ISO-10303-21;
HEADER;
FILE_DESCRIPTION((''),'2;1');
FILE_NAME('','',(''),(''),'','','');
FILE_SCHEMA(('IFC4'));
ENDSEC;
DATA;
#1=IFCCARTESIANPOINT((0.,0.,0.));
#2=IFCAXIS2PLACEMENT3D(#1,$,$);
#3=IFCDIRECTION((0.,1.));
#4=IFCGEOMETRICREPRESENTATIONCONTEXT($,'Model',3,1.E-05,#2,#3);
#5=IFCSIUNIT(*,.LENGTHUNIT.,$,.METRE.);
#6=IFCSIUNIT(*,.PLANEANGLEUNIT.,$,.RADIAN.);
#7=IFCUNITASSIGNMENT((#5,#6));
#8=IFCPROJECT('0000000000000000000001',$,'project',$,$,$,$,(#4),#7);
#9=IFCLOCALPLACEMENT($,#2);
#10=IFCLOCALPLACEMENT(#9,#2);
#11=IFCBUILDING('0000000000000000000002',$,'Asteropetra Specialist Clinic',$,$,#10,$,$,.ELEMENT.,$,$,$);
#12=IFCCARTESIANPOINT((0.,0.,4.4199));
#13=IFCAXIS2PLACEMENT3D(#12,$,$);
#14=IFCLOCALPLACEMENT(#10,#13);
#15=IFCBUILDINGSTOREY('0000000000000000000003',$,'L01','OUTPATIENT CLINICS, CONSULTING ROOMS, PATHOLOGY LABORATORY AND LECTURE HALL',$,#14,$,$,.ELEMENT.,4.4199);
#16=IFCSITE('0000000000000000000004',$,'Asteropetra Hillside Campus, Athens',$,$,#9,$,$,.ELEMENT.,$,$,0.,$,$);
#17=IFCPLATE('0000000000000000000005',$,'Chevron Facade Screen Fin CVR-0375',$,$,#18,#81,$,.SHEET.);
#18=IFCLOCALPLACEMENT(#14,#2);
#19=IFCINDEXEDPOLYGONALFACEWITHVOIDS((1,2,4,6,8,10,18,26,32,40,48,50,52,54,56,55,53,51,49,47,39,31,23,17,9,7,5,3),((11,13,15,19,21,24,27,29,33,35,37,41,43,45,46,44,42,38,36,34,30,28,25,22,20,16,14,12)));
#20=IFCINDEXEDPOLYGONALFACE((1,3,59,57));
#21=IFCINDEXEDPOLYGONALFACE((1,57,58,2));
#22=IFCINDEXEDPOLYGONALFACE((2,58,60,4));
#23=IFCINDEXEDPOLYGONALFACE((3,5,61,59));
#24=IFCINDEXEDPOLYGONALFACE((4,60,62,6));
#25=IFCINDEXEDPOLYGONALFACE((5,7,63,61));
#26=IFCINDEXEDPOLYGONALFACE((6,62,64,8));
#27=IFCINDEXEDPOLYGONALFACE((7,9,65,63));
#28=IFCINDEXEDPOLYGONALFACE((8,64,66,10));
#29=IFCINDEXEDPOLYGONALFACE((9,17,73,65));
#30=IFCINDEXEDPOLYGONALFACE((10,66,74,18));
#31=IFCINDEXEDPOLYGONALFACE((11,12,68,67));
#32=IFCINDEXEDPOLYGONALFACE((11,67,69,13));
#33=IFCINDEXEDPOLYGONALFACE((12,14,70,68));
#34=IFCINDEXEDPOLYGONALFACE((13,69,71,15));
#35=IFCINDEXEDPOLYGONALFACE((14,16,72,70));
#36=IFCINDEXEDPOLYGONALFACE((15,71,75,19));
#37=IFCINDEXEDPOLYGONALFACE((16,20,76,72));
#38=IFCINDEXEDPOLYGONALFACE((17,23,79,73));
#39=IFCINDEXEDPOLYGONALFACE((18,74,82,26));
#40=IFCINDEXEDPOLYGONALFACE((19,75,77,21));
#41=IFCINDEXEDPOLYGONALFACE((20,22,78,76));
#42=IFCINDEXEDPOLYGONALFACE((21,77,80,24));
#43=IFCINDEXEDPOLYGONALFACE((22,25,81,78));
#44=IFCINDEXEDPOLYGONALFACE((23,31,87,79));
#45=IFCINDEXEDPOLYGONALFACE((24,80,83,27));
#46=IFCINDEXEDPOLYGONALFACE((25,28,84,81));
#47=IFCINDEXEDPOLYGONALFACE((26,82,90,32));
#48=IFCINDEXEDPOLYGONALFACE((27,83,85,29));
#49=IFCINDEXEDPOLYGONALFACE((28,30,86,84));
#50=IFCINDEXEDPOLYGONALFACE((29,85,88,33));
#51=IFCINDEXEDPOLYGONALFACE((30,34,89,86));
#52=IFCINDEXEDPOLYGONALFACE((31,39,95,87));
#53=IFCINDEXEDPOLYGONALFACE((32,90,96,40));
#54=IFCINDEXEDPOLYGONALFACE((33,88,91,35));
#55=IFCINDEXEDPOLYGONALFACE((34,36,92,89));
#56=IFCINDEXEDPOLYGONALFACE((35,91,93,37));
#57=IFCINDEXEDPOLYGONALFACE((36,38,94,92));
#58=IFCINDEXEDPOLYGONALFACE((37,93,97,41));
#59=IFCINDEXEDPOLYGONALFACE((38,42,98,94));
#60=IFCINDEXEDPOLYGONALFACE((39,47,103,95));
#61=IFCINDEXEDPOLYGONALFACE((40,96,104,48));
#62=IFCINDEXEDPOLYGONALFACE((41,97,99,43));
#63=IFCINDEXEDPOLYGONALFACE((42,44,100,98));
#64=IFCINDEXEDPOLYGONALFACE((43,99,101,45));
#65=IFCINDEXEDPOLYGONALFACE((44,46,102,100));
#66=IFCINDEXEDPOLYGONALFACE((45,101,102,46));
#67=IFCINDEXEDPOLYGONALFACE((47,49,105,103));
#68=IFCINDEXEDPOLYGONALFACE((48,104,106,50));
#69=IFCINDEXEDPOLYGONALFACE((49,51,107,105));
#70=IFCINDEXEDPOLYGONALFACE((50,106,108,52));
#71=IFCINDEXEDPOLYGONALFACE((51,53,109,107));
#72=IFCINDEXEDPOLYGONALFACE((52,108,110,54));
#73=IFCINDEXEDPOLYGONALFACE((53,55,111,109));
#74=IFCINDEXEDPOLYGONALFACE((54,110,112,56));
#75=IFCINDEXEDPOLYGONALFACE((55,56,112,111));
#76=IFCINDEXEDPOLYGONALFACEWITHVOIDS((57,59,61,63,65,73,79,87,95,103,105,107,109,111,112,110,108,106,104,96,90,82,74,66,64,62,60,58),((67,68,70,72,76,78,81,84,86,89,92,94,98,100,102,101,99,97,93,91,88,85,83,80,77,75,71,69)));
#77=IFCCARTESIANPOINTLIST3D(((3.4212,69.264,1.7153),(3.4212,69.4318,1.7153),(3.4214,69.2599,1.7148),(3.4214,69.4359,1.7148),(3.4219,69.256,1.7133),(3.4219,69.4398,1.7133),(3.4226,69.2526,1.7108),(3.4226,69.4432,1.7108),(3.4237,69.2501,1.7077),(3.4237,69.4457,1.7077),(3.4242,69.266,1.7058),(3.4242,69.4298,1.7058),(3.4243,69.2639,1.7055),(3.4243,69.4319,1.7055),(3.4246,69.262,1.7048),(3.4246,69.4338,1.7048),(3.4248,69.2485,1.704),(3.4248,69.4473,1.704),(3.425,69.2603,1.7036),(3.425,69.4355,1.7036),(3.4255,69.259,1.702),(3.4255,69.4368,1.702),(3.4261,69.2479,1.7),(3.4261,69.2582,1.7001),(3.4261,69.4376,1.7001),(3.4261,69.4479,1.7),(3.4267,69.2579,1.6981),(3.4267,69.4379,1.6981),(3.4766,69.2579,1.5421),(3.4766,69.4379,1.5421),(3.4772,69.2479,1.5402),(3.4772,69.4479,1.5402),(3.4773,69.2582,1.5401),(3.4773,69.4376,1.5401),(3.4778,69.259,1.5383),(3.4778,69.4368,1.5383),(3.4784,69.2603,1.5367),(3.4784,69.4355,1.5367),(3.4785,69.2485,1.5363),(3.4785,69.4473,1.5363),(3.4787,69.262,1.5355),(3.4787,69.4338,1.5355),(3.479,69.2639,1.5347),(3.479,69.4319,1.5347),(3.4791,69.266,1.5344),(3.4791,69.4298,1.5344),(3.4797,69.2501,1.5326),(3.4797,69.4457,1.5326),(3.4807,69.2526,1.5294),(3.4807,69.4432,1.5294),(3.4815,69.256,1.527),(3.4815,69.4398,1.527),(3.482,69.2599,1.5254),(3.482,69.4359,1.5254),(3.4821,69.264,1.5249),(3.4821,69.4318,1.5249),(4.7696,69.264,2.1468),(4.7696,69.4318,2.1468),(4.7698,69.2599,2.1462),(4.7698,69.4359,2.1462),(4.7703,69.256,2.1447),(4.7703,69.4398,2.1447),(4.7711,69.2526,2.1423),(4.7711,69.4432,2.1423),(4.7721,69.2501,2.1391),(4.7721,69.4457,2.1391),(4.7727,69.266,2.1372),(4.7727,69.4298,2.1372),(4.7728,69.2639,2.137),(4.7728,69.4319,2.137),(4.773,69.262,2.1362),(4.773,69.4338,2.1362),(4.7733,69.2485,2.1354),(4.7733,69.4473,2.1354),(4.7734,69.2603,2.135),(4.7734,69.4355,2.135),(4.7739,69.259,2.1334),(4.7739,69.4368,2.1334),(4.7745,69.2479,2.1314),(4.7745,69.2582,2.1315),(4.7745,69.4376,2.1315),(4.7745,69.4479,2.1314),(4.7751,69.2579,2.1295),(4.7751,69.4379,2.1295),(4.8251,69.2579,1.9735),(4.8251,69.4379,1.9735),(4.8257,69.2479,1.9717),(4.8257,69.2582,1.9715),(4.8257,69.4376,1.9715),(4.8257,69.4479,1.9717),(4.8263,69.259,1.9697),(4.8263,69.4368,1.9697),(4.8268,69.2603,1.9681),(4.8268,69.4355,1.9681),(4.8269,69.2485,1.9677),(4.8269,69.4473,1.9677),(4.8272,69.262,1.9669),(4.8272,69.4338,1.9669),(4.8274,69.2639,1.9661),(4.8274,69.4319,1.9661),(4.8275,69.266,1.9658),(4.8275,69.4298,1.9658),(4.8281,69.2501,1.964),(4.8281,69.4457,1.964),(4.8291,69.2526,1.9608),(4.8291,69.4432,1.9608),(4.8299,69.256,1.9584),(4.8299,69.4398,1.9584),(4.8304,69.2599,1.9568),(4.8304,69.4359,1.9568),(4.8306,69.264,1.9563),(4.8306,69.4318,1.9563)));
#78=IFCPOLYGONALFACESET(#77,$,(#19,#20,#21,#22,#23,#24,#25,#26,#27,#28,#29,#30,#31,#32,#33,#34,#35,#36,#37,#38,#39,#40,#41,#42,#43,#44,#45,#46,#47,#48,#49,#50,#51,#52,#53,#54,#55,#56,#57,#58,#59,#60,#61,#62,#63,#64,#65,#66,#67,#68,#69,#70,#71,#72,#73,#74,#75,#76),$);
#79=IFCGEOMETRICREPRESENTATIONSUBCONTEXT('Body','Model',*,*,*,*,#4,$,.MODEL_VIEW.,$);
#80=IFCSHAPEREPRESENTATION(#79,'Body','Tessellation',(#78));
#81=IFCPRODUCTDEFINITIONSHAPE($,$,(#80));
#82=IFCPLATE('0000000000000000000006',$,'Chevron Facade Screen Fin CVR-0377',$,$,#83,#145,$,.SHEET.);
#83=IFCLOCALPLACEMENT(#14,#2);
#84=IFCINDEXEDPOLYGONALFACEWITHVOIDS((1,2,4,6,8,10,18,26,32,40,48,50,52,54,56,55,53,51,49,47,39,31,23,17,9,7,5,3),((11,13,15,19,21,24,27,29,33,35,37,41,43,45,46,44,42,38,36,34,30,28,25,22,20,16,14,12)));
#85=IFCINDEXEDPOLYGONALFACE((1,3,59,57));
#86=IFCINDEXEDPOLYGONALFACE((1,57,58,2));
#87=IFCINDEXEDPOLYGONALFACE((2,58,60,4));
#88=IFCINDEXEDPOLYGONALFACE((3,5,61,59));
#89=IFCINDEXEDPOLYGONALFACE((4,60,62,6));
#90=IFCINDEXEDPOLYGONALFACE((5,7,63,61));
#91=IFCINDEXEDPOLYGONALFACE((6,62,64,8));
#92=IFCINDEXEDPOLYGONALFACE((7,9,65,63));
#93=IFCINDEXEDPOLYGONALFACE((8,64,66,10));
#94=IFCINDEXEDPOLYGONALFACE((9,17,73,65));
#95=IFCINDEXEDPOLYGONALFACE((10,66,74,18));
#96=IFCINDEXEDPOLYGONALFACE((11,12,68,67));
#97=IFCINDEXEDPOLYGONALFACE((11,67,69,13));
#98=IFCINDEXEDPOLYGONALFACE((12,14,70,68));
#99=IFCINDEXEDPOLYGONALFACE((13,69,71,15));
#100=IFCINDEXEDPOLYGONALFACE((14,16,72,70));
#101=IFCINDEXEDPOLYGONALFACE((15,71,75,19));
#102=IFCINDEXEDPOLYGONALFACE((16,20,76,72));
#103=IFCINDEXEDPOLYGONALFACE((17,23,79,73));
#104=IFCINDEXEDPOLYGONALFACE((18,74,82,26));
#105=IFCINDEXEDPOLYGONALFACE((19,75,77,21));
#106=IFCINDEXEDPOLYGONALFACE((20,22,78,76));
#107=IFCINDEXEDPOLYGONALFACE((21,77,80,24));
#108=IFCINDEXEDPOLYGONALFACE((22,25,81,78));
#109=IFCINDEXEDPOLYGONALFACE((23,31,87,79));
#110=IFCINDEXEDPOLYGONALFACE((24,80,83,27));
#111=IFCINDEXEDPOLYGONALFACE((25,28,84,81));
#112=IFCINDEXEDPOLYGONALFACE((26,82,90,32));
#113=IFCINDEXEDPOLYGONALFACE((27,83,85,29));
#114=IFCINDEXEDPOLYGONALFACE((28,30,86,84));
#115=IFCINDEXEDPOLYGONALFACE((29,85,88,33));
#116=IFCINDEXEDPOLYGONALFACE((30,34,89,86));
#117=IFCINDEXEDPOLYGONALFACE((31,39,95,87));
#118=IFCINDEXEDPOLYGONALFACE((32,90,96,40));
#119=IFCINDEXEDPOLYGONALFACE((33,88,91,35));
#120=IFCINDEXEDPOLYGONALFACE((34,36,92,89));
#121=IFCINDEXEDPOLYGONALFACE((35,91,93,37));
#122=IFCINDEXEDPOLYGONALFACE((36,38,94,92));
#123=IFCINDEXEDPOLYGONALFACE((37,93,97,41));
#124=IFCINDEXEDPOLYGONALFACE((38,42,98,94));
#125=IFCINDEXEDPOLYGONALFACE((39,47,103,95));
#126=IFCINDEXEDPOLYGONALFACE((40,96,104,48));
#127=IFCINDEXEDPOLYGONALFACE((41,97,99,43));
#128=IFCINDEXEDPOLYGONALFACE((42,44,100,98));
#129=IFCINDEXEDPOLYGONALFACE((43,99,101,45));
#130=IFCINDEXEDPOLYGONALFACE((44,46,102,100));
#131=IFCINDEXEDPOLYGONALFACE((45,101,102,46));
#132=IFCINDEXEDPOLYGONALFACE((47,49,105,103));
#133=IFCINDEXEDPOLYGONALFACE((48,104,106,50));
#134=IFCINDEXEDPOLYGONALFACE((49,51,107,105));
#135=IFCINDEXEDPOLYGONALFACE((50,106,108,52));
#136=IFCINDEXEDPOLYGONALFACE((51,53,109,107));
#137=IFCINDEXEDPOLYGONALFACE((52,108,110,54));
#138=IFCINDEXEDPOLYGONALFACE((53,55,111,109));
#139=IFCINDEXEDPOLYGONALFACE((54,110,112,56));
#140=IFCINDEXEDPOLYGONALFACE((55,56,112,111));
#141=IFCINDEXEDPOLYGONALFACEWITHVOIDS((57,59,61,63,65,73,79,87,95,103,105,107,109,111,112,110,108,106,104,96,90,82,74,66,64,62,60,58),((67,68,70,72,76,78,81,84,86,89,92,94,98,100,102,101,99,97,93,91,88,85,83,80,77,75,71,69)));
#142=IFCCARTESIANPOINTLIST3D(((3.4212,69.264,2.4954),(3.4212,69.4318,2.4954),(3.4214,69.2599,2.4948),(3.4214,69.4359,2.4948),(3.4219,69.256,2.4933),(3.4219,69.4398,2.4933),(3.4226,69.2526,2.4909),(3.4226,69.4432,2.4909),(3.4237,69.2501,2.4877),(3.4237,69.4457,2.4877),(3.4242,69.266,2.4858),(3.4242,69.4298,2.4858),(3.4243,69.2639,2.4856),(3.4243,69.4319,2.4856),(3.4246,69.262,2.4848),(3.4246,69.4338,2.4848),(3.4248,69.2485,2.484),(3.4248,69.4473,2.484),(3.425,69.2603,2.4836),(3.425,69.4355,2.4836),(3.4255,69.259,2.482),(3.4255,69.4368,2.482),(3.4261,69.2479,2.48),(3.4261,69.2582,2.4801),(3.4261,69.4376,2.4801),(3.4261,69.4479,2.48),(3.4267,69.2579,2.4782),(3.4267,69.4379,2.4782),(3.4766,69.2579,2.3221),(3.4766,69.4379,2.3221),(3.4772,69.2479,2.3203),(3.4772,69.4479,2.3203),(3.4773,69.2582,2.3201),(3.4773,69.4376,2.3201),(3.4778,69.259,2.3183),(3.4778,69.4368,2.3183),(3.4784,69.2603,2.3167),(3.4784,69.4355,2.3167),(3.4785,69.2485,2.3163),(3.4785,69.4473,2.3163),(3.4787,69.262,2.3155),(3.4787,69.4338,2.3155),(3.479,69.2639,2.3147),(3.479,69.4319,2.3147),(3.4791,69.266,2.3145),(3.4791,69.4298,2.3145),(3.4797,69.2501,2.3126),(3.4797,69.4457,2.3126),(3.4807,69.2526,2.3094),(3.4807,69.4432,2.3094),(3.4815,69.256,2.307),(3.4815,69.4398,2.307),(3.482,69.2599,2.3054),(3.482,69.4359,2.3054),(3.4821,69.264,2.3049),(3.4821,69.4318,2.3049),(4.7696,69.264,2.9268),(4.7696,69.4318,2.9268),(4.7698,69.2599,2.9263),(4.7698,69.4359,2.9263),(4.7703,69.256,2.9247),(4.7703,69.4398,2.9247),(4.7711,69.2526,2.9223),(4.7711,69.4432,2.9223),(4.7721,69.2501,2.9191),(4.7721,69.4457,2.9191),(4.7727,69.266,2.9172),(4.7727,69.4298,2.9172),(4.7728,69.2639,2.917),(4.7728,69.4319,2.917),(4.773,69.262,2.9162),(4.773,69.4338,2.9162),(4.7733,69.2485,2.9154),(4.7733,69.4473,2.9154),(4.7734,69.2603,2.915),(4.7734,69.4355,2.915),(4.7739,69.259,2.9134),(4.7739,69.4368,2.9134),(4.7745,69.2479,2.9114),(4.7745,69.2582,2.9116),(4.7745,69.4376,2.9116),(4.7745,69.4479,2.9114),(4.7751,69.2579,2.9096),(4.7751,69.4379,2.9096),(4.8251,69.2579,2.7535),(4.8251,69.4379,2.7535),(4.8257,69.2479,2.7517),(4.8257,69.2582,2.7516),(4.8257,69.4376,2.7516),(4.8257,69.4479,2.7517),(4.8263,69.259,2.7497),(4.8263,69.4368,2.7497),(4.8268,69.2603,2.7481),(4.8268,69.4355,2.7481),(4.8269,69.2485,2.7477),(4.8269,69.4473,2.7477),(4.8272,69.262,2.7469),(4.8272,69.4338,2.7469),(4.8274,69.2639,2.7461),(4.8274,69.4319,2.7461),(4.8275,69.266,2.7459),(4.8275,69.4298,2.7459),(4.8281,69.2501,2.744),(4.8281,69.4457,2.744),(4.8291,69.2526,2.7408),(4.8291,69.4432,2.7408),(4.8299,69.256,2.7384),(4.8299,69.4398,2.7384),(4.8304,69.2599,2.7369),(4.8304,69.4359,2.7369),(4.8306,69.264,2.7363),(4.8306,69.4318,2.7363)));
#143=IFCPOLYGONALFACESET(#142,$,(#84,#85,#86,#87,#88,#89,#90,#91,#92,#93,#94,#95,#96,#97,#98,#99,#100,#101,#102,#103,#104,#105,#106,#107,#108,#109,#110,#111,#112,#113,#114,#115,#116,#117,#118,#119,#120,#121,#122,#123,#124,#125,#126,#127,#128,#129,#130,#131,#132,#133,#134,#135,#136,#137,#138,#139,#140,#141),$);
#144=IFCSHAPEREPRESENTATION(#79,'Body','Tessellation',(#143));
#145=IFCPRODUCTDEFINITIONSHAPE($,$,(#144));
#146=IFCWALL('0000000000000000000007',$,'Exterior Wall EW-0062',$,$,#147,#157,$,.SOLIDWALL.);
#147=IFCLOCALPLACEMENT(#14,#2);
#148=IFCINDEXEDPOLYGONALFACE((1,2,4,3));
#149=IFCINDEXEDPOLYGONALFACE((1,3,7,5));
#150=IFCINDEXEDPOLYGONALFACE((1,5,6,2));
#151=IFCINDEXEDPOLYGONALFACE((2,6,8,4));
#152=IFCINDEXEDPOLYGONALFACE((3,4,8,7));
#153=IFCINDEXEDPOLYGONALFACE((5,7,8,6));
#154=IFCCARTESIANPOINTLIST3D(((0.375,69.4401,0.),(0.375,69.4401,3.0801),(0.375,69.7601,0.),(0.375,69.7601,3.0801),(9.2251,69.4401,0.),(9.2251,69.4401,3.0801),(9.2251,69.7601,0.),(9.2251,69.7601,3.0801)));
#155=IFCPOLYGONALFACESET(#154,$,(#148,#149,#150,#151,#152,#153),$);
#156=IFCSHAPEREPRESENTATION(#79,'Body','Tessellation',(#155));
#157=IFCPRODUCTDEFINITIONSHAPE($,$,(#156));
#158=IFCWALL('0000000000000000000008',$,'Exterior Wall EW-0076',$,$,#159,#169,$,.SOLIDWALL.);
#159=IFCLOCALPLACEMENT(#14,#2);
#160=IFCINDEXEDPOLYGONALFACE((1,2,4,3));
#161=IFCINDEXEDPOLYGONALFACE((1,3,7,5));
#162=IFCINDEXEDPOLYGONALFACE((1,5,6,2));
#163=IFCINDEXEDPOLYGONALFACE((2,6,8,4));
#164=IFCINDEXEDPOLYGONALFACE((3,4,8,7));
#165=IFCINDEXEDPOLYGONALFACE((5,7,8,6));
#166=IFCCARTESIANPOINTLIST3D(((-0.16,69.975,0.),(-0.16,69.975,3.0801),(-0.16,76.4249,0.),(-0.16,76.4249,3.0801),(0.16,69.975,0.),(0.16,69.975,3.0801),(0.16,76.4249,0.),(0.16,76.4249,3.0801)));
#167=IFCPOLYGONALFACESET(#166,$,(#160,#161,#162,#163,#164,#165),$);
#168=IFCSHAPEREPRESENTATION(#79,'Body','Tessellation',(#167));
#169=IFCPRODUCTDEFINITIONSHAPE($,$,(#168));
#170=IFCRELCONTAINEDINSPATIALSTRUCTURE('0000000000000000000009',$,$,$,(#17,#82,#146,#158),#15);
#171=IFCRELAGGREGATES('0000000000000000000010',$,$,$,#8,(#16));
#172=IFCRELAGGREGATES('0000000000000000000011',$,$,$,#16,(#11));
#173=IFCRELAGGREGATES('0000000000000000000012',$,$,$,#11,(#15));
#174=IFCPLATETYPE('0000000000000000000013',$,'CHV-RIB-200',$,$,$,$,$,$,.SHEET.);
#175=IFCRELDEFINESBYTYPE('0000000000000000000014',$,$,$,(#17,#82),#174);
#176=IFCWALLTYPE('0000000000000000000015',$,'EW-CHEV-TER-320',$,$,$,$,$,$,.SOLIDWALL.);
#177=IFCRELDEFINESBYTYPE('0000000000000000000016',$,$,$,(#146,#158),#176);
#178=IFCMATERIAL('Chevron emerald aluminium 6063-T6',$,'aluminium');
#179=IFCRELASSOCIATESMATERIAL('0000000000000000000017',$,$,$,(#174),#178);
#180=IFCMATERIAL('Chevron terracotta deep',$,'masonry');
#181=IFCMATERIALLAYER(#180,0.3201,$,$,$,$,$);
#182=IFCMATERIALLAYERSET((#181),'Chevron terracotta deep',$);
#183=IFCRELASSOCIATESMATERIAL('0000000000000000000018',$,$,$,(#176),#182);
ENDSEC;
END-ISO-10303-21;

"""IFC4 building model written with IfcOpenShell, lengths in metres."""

from ifc_helpers import new_model, si_unit, direction, frame, frame_2d, origin, origin_2d, place, context, subcontext, project, spatial, rectangle, hollow_rectangle, extrude, material, layer, layer_set, material_profile, profile_set, type_object, element, save


model = new_model("IFC4")

# Units and contexts
model_context = context("Model", 3, precision=1e-05, world=origin(), true_north=direction((0.0, 1.0)))
body_context = subcontext(model_context, "Body", "Model", "MODEL_VIEW")
ifc_project = project(units=[si_unit("LENGTHUNIT", "METRE"), si_unit("PLANEANGLEUNIT", "RADIAN")], contexts=[model_context])

# Site, building, storey
site_placement = place(None, origin())
site = spatial("IfcSite", under=ifc_project, at=site_placement, Name="Asteropetra Hillside Campus, Athens", CompositionType="ELEMENT", RefElevation=0.0)
building_placement = place(site_placement, origin())
building = spatial("IfcBuilding", under=site, at=building_placement, Name="Asteropetra Specialist Clinic", CompositionType="ELEMENT")
storey_placement = place(building_placement, frame((0.0, 0.0, 4.4199)))
storey = spatial("IfcBuildingStorey", under=building, at=storey_placement, Name="L01", Description="OUTPATIENT CLINICS, CONSULTING ROOMS, PATHOLOGY LABORATORY AND LECTURE HALL", CompositionType="ELEMENT", Elevation=4.4199)

# Plates
ifc_material_1 = material(Name="Chevron emerald aluminium 6063-T6", Category="aluminium")
ifc_material_profile_1 = material_profile(ifc_material_1, hollow_rectangle(XDim=0.2, YDim=0.2, WallThickness=0.01, InnerFilletRadius=0.0081, OuterFilletRadius=0.0161, at=origin_2d()), Name="SHS 200x200x10.0")
ifc_profile_set_1 = profile_set([ifc_material_profile_1], Name="Chevron emerald aluminium 6063-T6")
plate_type = type_object("IfcPlateType", Name="CHV-RIB-200", PredefinedType="SHEET", material=ifc_profile_set_1)
for number, where, z_axis, x_axis, name in (
    (1, (3.4517, 69.3479, 1.6201), (0.952442, 0.0, 0.304719), (0.0, 1.0, 0.0), "Chevron Facade Screen Fin CVR-0375"),
    (2, (3.4517, 69.3479, 2.4001), (0.952442, 0.0, 0.304719), (0.0, 1.0, 0.0), "Chevron Facade Screen Fin CVR-0377"),
):
    element("IfcPlate", number, at=place(storey_placement, frame(where, z_axis=z_axis, x_axis=x_axis)), inside=storey, type_object=plate_type, Name=name, PredefinedType="SHEET", context=body_context, shape_type="SweptSolid", body=[
        extrude(hollow_rectangle(XDim=0.2, YDim=0.2, WallThickness=0.01, InnerFilletRadius=0.0081, OuterFilletRadius=0.0161, at=origin_2d()), origin(), (0.0, 0.0, 1.0), 1.4158),
    ])

# Walls
ifc_material_2 = material(Name="Chevron terracotta deep", Category="masonry")
ifc_layer_1 = layer(ifc_material_2, 0.3201)
ifc_layer_set_1 = layer_set([ifc_layer_1], Name="Chevron terracotta deep")
wall_type_1 = type_object("IfcWallType", Name="EW-CHEV-TER-320", PredefinedType="SOLIDWALL", material=ifc_layer_set_1)
wall_1_placement = place(storey_placement, frame((0.375, 69.6001, 0.0), z_axis=(0.0, 0.0, 1.0), x_axis=(1.0, 0.0, 0.0)))
element("IfcWall", 3, at=wall_1_placement, inside=storey, type_object=wall_type_1, Name="Exterior Wall EW-0062", PredefinedType="SOLIDWALL", context=body_context, shape_type="SweptSolid", body=[
    extrude(rectangle(XDim=8.8501, YDim=0.3201, at=frame_2d((4.425, 0.0))), origin(), (0.0, 0.0, 1.0), 3.0801),
])
wall_2_placement = place(storey_placement, frame((0.0, 76.425, 0.0), z_axis=(0.0, 0.0, 1.0), x_axis=(0.0, -1.0, 0.0)))
element("IfcWall", 4, at=wall_2_placement, inside=storey, type_object=wall_type_1, Name="Exterior Wall EW-0076", PredefinedType="SOLIDWALL", context=body_context, shape_type="SweptSolid", body=[
    extrude(rectangle(XDim=6.45, YDim=0.3201, at=frame_2d((3.2251, 0.0))), origin(), (0.0, 0.0, 1.0), 3.0801),
])

save(model, "model.ifc")
